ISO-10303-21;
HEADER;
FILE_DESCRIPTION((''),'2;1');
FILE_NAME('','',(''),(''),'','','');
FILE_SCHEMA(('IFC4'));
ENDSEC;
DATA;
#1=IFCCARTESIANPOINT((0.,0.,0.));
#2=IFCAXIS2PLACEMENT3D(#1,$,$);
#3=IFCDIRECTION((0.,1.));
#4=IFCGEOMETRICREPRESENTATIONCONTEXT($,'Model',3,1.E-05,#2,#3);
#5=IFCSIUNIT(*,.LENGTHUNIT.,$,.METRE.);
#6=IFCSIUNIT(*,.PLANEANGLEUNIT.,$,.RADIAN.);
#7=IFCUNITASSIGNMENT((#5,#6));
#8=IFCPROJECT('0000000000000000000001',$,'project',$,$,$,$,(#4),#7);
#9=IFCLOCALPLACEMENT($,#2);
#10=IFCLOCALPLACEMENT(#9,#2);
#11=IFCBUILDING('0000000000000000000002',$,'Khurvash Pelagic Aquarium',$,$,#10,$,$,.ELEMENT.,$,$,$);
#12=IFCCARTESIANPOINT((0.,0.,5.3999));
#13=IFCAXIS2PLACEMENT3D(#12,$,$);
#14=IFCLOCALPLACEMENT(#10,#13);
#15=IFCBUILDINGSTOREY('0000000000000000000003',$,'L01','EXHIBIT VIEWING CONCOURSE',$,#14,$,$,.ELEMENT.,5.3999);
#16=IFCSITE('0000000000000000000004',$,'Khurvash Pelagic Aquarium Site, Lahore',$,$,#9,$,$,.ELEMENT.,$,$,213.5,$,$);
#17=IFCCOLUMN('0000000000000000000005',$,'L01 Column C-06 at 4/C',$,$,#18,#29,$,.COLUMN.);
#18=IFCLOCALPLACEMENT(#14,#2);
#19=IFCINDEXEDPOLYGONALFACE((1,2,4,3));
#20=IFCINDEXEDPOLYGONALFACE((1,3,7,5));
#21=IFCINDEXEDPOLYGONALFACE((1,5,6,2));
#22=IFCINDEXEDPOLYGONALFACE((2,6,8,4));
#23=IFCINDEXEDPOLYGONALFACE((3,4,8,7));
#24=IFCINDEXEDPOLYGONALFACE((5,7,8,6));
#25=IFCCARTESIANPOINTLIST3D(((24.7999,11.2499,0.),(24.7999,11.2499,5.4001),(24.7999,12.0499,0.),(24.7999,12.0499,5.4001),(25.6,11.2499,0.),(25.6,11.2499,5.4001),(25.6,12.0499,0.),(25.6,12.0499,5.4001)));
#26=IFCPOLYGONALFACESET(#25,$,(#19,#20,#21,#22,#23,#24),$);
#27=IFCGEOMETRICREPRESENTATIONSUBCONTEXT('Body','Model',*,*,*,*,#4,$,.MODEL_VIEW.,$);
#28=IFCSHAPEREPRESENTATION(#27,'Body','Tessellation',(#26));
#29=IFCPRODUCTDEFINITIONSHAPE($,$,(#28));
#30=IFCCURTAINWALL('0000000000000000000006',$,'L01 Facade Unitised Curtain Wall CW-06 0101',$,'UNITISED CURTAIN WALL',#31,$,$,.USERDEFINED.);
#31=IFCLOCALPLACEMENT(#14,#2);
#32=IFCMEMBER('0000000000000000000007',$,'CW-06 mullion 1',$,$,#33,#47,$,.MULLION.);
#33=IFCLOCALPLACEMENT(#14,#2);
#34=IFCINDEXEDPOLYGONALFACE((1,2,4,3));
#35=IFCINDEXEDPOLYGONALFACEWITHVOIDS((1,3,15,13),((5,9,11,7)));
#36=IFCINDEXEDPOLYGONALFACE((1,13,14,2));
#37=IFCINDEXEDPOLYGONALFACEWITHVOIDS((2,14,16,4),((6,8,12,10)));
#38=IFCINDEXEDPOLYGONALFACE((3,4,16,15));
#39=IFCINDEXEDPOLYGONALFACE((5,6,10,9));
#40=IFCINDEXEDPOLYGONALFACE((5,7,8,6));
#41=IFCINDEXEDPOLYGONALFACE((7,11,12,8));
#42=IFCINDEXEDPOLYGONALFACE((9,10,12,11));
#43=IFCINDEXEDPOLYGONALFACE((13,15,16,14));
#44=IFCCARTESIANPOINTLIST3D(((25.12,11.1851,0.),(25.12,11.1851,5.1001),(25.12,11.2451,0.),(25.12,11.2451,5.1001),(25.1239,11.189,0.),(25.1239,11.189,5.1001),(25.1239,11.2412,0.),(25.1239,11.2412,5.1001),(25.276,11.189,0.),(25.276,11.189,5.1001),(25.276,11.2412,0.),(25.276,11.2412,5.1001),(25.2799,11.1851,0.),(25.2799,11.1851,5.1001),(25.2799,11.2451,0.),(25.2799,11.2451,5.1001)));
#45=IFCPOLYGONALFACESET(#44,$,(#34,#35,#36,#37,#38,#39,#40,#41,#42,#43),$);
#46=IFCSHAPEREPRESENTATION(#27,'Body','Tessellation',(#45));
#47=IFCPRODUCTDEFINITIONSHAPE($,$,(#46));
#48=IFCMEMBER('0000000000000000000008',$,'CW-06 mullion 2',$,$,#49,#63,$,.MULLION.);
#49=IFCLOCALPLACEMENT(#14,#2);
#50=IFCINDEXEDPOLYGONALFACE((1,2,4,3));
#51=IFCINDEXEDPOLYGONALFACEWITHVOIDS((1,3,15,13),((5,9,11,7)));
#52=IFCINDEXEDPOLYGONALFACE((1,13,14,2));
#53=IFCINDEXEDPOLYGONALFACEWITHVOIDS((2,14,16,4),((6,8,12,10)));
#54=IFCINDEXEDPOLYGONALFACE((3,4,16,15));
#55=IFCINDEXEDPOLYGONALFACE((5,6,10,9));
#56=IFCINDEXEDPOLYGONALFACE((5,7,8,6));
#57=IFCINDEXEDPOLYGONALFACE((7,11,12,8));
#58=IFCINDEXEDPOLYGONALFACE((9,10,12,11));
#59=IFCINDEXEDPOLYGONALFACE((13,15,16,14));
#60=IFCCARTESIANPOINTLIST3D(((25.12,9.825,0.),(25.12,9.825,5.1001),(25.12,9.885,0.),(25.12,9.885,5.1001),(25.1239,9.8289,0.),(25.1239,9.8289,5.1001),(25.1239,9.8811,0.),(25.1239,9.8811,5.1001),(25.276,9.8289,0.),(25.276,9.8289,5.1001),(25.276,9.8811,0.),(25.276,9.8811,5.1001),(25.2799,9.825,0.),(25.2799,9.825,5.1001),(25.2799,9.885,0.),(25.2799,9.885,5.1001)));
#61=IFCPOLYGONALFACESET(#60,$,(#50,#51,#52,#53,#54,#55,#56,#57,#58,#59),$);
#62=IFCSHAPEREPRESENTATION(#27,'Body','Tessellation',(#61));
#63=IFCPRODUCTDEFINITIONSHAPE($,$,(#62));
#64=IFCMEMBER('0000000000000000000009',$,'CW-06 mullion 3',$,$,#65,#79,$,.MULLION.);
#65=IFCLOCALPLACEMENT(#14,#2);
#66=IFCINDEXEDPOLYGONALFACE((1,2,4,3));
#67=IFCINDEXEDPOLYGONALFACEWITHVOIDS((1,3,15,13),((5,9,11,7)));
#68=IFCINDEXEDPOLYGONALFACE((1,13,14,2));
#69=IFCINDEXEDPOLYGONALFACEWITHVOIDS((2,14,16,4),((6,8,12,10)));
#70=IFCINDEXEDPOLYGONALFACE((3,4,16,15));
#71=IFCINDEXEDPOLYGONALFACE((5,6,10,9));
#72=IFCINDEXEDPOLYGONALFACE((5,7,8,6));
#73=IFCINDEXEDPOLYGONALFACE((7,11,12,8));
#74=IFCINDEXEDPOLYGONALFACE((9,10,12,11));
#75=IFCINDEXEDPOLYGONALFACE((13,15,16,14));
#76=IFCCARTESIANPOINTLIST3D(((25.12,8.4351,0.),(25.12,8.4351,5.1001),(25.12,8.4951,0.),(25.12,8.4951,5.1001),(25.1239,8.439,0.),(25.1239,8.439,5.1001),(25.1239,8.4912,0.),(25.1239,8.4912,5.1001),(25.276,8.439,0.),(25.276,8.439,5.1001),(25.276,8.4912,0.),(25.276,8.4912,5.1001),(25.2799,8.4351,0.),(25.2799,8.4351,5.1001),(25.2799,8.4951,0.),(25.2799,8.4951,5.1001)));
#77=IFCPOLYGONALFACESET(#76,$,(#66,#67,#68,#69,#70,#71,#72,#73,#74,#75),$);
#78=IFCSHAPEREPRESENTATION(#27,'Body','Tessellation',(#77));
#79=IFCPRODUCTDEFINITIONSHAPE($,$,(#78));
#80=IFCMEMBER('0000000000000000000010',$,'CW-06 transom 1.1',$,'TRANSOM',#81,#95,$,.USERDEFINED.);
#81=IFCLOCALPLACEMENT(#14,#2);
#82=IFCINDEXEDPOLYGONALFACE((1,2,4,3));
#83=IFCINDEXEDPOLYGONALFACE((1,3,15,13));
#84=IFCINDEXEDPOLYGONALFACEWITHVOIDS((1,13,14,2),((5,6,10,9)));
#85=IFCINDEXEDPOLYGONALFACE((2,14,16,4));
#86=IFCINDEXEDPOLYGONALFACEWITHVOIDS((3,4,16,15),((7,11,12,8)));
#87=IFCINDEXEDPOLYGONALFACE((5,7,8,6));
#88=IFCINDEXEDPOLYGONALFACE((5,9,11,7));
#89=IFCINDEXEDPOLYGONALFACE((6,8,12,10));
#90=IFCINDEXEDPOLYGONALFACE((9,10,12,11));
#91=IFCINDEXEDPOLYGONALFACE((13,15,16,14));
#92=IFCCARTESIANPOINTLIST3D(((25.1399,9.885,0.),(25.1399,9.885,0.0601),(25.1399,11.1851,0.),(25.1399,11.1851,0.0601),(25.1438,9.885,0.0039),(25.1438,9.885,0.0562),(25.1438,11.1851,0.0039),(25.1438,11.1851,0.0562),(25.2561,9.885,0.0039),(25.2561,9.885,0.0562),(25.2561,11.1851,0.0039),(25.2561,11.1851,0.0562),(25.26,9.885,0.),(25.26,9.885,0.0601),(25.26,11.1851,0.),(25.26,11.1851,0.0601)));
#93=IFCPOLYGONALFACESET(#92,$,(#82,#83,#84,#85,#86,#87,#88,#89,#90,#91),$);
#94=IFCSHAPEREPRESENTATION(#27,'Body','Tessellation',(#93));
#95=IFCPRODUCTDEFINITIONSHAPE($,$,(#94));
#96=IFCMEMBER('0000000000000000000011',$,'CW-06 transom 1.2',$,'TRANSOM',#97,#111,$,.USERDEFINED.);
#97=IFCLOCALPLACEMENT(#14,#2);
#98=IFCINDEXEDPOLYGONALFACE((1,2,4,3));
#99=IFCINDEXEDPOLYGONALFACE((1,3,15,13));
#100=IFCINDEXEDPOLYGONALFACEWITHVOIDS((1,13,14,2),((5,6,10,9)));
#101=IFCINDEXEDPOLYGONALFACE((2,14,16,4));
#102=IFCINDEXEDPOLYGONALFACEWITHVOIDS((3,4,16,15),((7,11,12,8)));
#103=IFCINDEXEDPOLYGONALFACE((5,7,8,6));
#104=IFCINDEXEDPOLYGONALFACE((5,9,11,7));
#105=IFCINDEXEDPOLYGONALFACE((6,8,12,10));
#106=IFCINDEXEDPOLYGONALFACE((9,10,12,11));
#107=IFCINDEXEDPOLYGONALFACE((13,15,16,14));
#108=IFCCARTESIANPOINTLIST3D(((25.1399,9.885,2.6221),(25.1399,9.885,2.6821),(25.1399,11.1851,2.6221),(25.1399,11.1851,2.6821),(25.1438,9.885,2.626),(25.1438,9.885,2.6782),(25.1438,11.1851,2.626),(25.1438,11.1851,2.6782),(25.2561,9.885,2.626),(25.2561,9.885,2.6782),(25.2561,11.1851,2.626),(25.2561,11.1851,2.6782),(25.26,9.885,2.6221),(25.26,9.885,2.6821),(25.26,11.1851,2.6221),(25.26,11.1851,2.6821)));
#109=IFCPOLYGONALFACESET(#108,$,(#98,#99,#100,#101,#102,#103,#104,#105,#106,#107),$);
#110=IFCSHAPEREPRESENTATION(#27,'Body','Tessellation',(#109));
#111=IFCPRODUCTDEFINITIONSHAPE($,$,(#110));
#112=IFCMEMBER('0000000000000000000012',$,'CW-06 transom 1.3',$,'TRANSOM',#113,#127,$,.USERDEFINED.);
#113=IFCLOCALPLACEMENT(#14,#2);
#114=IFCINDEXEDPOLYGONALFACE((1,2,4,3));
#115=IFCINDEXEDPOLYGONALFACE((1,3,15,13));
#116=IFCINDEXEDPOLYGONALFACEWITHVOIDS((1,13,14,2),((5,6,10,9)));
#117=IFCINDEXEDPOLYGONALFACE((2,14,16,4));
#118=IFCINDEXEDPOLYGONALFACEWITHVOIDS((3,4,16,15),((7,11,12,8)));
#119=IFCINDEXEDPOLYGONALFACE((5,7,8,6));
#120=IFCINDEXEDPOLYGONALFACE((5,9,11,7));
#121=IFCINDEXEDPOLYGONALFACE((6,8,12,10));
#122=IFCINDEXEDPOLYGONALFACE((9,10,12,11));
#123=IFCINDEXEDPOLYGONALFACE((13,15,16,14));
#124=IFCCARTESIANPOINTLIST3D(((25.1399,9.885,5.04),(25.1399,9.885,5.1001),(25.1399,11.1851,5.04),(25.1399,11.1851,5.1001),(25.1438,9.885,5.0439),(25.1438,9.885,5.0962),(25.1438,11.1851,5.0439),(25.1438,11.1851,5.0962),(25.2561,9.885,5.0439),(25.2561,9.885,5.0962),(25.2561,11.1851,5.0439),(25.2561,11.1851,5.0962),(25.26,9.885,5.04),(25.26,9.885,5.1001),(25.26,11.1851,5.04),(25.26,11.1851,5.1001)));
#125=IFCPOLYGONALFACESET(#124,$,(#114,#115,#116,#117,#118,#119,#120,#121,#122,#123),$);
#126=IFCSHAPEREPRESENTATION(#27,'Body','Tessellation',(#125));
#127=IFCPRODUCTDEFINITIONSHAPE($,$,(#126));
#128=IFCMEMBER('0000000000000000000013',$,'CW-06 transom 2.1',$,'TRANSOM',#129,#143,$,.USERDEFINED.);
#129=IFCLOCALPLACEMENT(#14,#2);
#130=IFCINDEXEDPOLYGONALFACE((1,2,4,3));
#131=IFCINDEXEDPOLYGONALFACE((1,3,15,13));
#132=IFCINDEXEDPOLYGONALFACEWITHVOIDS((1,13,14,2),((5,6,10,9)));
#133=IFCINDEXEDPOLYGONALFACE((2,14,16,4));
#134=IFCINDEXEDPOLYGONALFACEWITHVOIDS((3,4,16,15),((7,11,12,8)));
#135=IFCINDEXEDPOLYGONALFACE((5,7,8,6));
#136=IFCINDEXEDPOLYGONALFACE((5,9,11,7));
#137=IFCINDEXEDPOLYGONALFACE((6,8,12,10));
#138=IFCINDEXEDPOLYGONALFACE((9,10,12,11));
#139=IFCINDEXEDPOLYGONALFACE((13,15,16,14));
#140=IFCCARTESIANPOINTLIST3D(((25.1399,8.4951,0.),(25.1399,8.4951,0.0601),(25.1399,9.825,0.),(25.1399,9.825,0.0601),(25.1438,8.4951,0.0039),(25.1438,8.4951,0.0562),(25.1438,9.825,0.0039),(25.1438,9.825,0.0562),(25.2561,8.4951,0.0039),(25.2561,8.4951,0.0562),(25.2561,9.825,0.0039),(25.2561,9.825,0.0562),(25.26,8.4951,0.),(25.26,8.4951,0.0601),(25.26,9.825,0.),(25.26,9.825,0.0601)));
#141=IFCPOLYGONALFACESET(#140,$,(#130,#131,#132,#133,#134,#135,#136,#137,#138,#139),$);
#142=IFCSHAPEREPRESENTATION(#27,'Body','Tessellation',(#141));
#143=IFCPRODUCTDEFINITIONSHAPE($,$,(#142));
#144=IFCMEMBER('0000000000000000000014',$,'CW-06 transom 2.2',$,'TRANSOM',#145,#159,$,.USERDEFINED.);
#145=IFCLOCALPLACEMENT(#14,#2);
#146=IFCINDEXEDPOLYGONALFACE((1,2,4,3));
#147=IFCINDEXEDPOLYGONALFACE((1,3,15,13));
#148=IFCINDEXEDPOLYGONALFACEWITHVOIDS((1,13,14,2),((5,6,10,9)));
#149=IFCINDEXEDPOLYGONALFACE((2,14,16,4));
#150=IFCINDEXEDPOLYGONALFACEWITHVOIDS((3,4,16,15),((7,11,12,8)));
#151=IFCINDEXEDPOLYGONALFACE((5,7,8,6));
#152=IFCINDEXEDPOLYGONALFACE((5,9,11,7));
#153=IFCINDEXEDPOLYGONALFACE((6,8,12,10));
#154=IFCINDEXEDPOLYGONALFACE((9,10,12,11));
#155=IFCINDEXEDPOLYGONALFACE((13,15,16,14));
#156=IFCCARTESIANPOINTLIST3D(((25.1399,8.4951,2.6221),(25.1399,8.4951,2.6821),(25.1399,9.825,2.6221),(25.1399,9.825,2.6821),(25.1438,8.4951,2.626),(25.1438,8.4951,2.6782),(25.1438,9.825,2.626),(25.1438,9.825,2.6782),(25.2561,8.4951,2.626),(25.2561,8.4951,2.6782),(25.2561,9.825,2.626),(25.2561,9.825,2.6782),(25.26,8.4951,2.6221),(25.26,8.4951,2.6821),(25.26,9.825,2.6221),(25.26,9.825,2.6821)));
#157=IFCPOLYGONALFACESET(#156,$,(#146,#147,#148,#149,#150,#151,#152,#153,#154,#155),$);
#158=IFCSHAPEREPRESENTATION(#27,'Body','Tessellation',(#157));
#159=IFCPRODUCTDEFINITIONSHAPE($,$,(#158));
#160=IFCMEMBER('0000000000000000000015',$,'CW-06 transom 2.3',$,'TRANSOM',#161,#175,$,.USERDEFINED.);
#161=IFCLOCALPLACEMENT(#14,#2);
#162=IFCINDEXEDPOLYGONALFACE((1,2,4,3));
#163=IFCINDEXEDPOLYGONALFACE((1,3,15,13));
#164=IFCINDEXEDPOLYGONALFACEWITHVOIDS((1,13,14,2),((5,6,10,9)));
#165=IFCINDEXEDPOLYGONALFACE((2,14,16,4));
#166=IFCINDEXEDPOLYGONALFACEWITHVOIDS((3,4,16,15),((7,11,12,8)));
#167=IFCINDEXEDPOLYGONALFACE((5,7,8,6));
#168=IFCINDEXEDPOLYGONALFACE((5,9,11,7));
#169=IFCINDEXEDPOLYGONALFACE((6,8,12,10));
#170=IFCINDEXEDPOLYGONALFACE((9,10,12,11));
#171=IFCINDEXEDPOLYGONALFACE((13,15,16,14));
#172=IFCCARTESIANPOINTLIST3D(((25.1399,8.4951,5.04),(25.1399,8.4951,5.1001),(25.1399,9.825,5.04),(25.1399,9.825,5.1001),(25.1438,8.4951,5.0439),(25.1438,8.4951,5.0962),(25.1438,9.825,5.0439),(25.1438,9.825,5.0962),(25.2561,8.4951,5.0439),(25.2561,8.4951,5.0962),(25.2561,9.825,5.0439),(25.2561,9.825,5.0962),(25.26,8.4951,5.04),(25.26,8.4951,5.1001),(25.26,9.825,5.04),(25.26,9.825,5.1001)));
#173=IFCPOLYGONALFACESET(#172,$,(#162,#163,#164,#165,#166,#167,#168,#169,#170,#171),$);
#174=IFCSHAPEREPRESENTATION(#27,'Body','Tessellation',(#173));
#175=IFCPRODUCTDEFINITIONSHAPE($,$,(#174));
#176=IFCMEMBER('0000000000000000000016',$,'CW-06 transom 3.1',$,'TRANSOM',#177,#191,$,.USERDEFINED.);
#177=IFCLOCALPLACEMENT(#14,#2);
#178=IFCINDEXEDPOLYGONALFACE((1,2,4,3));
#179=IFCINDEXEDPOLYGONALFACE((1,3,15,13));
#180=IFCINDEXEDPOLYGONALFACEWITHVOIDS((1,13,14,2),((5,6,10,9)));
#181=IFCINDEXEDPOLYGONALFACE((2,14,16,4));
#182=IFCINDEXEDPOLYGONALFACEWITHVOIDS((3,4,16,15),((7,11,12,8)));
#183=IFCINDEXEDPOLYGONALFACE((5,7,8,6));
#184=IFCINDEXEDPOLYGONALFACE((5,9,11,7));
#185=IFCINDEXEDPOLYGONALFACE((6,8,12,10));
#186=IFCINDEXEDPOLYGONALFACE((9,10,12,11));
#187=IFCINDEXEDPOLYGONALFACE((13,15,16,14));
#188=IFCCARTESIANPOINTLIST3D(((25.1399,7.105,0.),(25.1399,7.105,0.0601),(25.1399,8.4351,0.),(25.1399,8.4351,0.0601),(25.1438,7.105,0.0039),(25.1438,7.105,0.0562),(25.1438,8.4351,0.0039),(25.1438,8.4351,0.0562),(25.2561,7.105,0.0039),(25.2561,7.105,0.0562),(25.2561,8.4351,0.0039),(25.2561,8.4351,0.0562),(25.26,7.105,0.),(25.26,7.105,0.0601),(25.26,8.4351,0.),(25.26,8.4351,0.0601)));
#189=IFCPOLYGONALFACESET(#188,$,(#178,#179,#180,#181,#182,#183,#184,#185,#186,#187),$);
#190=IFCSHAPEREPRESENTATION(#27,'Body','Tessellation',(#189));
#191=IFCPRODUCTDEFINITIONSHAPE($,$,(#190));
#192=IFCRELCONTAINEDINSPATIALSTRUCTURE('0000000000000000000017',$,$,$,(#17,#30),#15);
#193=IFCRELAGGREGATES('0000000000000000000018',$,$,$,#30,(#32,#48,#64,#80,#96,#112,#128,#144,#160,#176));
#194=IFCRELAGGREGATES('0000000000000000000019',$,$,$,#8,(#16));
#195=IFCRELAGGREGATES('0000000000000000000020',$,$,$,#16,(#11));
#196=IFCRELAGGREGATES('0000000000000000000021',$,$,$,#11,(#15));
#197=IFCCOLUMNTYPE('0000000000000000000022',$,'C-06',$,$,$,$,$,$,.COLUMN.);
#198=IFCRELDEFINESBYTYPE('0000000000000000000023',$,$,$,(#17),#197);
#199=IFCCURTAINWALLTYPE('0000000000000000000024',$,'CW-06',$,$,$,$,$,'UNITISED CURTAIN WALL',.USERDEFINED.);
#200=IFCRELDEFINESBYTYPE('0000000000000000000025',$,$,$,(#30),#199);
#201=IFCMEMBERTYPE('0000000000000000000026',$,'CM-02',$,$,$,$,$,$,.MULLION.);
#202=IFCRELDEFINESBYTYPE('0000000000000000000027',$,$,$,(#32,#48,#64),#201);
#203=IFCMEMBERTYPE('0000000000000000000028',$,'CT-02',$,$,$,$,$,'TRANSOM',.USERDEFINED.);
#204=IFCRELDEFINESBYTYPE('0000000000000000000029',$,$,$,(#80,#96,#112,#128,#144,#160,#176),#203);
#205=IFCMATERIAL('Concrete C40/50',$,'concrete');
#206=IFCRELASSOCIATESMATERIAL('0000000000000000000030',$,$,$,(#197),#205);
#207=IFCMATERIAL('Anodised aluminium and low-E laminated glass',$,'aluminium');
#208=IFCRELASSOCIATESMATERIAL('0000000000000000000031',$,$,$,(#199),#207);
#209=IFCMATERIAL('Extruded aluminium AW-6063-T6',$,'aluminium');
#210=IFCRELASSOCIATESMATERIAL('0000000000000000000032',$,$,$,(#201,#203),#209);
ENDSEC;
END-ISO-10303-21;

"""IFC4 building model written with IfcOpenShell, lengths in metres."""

from ifc_helpers import new_model, si_unit, direction, frame, origin, origin_2d, place, context, subcontext, project, spatial, rectangle, hollow_rectangle, extrude, material, material_profile, profile_set, type_object, element, aggregate, save


model = new_model("IFC4")

# Units and contexts
model_context = context("Model", 3, precision=1e-05, world=origin(), true_north=direction((0.0, 1.0)))
body_context = subcontext(model_context, "Body", "Model", "MODEL_VIEW")
ifc_project = project(units=[si_unit("LENGTHUNIT", "METRE"), si_unit("PLANEANGLEUNIT", "RADIAN")], contexts=[model_context])

# Site, building, storey
site_placement = place(None, origin())
site = spatial("IfcSite", under=ifc_project, at=site_placement, Name="Khurvash Pelagic Aquarium Site, Lahore", CompositionType="ELEMENT", RefElevation=213.5)
building_placement = place(site_placement, origin())
building = spatial("IfcBuilding", under=site, at=building_placement, Name="Khurvash Pelagic Aquarium", CompositionType="ELEMENT")
storey_placement = place(building_placement, frame((0.0, 0.0, 5.3999)))
storey = spatial("IfcBuildingStorey", under=building, at=storey_placement, Name="L01", Description="EXHIBIT VIEWING CONCOURSE", CompositionType="ELEMENT", Elevation=5.3999)

# Column
ifc_material_1 = material(Name="Concrete C40/50", Category="concrete")
ifc_material_profile_1 = material_profile(ifc_material_1, rectangle(XDim=0.8, YDim=0.8, at=origin_2d()), Name="RC800X800")
ifc_profile_set_1 = profile_set([ifc_material_profile_1], Name="Concrete C40/50")
column_type = type_object("IfcColumnType", Name="C-06", PredefinedType="COLUMN", material=ifc_profile_set_1)
column_placement = place(storey_placement, frame((25.2, 11.6499, 0.0), z_axis=(0.0, 0.0, 1.0), x_axis=(1.0, 0.0, 0.0)))
element("IfcColumn", 1, at=column_placement, inside=storey, type_object=column_type, Name="L01 Column C-06 at 4/C", PredefinedType="COLUMN", context=body_context, shape_type="SweptSolid", body=[
    extrude(rectangle(XDim=0.8, YDim=0.8, at=origin_2d()), origin(), (0.0, 0.0, 1.0), 5.4001),
])

# Curtain wall, members
ifc_material_2 = material(Name="Anodised aluminium and low-E laminated glass", Category="aluminium")
curtain_wall_type = type_object("IfcCurtainWallType", Name="CW-06", ElementType="UNITISED CURTAIN WALL", PredefinedType="USERDEFINED", material=ifc_material_2)
curtain_wall_placement = place(storey_placement, origin())
curtain_wall = element("IfcCurtainWall", 2, at=curtain_wall_placement, inside=storey, type_object=curtain_wall_type, Name="L01 Facade Unitised Curtain Wall CW-06 0101", ObjectType="UNITISED CURTAIN WALL", PredefinedType="USERDEFINED")
ifc_material_3 = material(Name="Extruded aluminium AW-6063-T6", Category="aluminium")
ifc_material_profile_2 = material_profile(ifc_material_3, hollow_rectangle(XDim=0.0601, YDim=0.1599, WallThickness=0.0039, at=origin_2d()), Name="CWM60X160X4")
ifc_profile_set_2 = profile_set([ifc_material_profile_2], Name="Extruded aluminium AW-6063-T6")
member_type_1 = type_object("IfcMemberType", Name="CM-02", PredefinedType="MULLION", material=ifc_profile_set_2)
member_1_placement = place(storey_placement, frame((25.2, 11.2151, 0.0), z_axis=(0.0, 0.0, 1.0), x_axis=(0.0, -1.0, 0.0)))
member_1 = element("IfcMember", 3, at=member_1_placement, type_object=member_type_1, Name="CW-06 mullion 1", PredefinedType="MULLION", context=body_context, shape_type="SweptSolid", body=[
    extrude(hollow_rectangle(XDim=0.0601, YDim=0.1599, WallThickness=0.0039, at=origin_2d()), origin(), (0.0, 0.0, 1.0), 5.1001),
])
member_2_placement = place(storey_placement, frame((25.2, 9.855, 0.0), z_axis=(0.0, 0.0, 1.0), x_axis=(0.0, -1.0, 0.0)))
member_2 = element("IfcMember", 4, at=member_2_placement, type_object=member_type_1, Name="CW-06 mullion 2", PredefinedType="MULLION", context=body_context, shape_type="SweptSolid", body=[
    extrude(hollow_rectangle(XDim=0.0601, YDim=0.1599, WallThickness=0.0039, at=origin_2d()), origin(), (0.0, 0.0, 1.0), 5.1001),
])
member_3_placement = place(storey_placement, frame((25.2, 8.4651, 0.0), z_axis=(0.0, 0.0, 1.0), x_axis=(0.0, -1.0, 0.0)))
member_3 = element("IfcMember", 5, at=member_3_placement, type_object=member_type_1, Name="CW-06 mullion 3", PredefinedType="MULLION", context=body_context, shape_type="SweptSolid", body=[
    extrude(hollow_rectangle(XDim=0.0601, YDim=0.1599, WallThickness=0.0039, at=origin_2d()), origin(), (0.0, 0.0, 1.0), 5.1001),
])
ifc_material_profile_3 = material_profile(ifc_material_3, hollow_rectangle(XDim=0.1201, YDim=0.0601, WallThickness=0.0039, at=origin_2d()), Name="CWT120X60X4")
ifc_profile_set_3 = profile_set([ifc_material_profile_3], Name="Extruded aluminium AW-6063-T6")
member_type_2 = type_object("IfcMemberType", Name="CT-02", ElementType="TRANSOM", PredefinedType="USERDEFINED", material=ifc_profile_set_3)
member_4_placement = place(storey_placement, frame((25.2, 11.1851, 0.03), z_axis=(0.0, -1.0, 0.0), x_axis=(1.0, 0.0, 0.0)))
member_4 = element("IfcMember", 6, at=member_4_placement, type_object=member_type_2, Name="CW-06 transom 1.1", ObjectType="TRANSOM", PredefinedType="USERDEFINED", context=body_context, shape_type="SweptSolid", body=[
    extrude(hollow_rectangle(XDim=0.1201, YDim=0.0601, WallThickness=0.0039, at=origin_2d()), origin(), (0.0, 0.0, 1.0), 1.3),
])
member_5_placement = place(storey_placement, frame((25.2, 11.1851, 2.6521), z_axis=(0.0, -1.0, 0.0), x_axis=(1.0, 0.0, 0.0)))
member_5 = element("IfcMember", 7, at=member_5_placement, type_object=member_type_2, Name="CW-06 transom 1.2", ObjectType="TRANSOM", PredefinedType="USERDEFINED", context=body_context, shape_type="SweptSolid", body=[
    extrude(hollow_rectangle(XDim=0.1201, YDim=0.0601, WallThickness=0.0039, at=origin_2d()), origin(), (0.0, 0.0, 1.0), 1.3),
])
member_6_placement = place(storey_placement, frame((25.2, 11.1851, 5.0701), z_axis=(0.0, -1.0, 0.0), x_axis=(1.0, 0.0, 0.0)))
member_6 = element("IfcMember", 8, at=member_6_placement, type_object=member_type_2, Name="CW-06 transom 1.3", ObjectType="TRANSOM", PredefinedType="USERDEFINED", context=body_context, shape_type="SweptSolid", body=[
    extrude(hollow_rectangle(XDim=0.1201, YDim=0.0601, WallThickness=0.0039, at=origin_2d()), origin(), (0.0, 0.0, 1.0), 1.3),
])
member_7_placement = place(storey_placement, frame((25.2, 9.825, 0.03), z_axis=(0.0, -1.0, 0.0), x_axis=(1.0, 0.0, 0.0)))
member_7 = element("IfcMember", 9, at=member_7_placement, type_object=member_type_2, Name="CW-06 transom 2.1", ObjectType="TRANSOM", PredefinedType="USERDEFINED", context=body_context, shape_type="SweptSolid", body=[
    extrude(hollow_rectangle(XDim=0.1201, YDim=0.0601, WallThickness=0.0039, at=origin_2d()), origin(), (0.0, 0.0, 1.0), 1.3298),
])
member_8_placement = place(storey_placement, frame((25.2, 9.825, 2.6521), z_axis=(0.0, -1.0, 0.0), x_axis=(1.0, 0.0, 0.0)))
member_8 = element("IfcMember", 10, at=member_8_placement, type_object=member_type_2, Name="CW-06 transom 2.2", ObjectType="TRANSOM", PredefinedType="USERDEFINED", context=body_context, shape_type="SweptSolid", body=[
    extrude(hollow_rectangle(XDim=0.1201, YDim=0.0601, WallThickness=0.0039, at=origin_2d()), origin(), (0.0, 0.0, 1.0), 1.3298),
])
member_9_placement = place(storey_placement, frame((25.2, 9.825, 5.0701), z_axis=(0.0, -1.0, 0.0), x_axis=(1.0, 0.0, 0.0)))
member_9 = element("IfcMember", 11, at=member_9_placement, type_object=member_type_2, Name="CW-06 transom 2.3", ObjectType="TRANSOM", PredefinedType="USERDEFINED", context=body_context, shape_type="SweptSolid", body=[
    extrude(hollow_rectangle(XDim=0.1201, YDim=0.0601, WallThickness=0.0039, at=origin_2d()), origin(), (0.0, 0.0, 1.0), 1.3298),
])
member_10_placement = place(storey_placement, frame((25.2, 8.4351, 0.03), z_axis=(0.0, -1.0, 0.0), x_axis=(1.0, 0.0, 0.0)))
member_10 = element("IfcMember", 12, at=member_10_placement, type_object=member_type_2, Name="CW-06 transom 3.1", ObjectType="TRANSOM", PredefinedType="USERDEFINED", context=body_context, shape_type="SweptSolid", body=[
    extrude(hollow_rectangle(XDim=0.1201, YDim=0.0601, WallThickness=0.0039, at=origin_2d()), origin(), (0.0, 0.0, 1.0), 1.3301),
])

aggregate(curtain_wall, [member_1, member_2, member_3, member_4, member_5, member_6, member_7, member_8, member_9, member_10])

save(model, "model.ifc")
